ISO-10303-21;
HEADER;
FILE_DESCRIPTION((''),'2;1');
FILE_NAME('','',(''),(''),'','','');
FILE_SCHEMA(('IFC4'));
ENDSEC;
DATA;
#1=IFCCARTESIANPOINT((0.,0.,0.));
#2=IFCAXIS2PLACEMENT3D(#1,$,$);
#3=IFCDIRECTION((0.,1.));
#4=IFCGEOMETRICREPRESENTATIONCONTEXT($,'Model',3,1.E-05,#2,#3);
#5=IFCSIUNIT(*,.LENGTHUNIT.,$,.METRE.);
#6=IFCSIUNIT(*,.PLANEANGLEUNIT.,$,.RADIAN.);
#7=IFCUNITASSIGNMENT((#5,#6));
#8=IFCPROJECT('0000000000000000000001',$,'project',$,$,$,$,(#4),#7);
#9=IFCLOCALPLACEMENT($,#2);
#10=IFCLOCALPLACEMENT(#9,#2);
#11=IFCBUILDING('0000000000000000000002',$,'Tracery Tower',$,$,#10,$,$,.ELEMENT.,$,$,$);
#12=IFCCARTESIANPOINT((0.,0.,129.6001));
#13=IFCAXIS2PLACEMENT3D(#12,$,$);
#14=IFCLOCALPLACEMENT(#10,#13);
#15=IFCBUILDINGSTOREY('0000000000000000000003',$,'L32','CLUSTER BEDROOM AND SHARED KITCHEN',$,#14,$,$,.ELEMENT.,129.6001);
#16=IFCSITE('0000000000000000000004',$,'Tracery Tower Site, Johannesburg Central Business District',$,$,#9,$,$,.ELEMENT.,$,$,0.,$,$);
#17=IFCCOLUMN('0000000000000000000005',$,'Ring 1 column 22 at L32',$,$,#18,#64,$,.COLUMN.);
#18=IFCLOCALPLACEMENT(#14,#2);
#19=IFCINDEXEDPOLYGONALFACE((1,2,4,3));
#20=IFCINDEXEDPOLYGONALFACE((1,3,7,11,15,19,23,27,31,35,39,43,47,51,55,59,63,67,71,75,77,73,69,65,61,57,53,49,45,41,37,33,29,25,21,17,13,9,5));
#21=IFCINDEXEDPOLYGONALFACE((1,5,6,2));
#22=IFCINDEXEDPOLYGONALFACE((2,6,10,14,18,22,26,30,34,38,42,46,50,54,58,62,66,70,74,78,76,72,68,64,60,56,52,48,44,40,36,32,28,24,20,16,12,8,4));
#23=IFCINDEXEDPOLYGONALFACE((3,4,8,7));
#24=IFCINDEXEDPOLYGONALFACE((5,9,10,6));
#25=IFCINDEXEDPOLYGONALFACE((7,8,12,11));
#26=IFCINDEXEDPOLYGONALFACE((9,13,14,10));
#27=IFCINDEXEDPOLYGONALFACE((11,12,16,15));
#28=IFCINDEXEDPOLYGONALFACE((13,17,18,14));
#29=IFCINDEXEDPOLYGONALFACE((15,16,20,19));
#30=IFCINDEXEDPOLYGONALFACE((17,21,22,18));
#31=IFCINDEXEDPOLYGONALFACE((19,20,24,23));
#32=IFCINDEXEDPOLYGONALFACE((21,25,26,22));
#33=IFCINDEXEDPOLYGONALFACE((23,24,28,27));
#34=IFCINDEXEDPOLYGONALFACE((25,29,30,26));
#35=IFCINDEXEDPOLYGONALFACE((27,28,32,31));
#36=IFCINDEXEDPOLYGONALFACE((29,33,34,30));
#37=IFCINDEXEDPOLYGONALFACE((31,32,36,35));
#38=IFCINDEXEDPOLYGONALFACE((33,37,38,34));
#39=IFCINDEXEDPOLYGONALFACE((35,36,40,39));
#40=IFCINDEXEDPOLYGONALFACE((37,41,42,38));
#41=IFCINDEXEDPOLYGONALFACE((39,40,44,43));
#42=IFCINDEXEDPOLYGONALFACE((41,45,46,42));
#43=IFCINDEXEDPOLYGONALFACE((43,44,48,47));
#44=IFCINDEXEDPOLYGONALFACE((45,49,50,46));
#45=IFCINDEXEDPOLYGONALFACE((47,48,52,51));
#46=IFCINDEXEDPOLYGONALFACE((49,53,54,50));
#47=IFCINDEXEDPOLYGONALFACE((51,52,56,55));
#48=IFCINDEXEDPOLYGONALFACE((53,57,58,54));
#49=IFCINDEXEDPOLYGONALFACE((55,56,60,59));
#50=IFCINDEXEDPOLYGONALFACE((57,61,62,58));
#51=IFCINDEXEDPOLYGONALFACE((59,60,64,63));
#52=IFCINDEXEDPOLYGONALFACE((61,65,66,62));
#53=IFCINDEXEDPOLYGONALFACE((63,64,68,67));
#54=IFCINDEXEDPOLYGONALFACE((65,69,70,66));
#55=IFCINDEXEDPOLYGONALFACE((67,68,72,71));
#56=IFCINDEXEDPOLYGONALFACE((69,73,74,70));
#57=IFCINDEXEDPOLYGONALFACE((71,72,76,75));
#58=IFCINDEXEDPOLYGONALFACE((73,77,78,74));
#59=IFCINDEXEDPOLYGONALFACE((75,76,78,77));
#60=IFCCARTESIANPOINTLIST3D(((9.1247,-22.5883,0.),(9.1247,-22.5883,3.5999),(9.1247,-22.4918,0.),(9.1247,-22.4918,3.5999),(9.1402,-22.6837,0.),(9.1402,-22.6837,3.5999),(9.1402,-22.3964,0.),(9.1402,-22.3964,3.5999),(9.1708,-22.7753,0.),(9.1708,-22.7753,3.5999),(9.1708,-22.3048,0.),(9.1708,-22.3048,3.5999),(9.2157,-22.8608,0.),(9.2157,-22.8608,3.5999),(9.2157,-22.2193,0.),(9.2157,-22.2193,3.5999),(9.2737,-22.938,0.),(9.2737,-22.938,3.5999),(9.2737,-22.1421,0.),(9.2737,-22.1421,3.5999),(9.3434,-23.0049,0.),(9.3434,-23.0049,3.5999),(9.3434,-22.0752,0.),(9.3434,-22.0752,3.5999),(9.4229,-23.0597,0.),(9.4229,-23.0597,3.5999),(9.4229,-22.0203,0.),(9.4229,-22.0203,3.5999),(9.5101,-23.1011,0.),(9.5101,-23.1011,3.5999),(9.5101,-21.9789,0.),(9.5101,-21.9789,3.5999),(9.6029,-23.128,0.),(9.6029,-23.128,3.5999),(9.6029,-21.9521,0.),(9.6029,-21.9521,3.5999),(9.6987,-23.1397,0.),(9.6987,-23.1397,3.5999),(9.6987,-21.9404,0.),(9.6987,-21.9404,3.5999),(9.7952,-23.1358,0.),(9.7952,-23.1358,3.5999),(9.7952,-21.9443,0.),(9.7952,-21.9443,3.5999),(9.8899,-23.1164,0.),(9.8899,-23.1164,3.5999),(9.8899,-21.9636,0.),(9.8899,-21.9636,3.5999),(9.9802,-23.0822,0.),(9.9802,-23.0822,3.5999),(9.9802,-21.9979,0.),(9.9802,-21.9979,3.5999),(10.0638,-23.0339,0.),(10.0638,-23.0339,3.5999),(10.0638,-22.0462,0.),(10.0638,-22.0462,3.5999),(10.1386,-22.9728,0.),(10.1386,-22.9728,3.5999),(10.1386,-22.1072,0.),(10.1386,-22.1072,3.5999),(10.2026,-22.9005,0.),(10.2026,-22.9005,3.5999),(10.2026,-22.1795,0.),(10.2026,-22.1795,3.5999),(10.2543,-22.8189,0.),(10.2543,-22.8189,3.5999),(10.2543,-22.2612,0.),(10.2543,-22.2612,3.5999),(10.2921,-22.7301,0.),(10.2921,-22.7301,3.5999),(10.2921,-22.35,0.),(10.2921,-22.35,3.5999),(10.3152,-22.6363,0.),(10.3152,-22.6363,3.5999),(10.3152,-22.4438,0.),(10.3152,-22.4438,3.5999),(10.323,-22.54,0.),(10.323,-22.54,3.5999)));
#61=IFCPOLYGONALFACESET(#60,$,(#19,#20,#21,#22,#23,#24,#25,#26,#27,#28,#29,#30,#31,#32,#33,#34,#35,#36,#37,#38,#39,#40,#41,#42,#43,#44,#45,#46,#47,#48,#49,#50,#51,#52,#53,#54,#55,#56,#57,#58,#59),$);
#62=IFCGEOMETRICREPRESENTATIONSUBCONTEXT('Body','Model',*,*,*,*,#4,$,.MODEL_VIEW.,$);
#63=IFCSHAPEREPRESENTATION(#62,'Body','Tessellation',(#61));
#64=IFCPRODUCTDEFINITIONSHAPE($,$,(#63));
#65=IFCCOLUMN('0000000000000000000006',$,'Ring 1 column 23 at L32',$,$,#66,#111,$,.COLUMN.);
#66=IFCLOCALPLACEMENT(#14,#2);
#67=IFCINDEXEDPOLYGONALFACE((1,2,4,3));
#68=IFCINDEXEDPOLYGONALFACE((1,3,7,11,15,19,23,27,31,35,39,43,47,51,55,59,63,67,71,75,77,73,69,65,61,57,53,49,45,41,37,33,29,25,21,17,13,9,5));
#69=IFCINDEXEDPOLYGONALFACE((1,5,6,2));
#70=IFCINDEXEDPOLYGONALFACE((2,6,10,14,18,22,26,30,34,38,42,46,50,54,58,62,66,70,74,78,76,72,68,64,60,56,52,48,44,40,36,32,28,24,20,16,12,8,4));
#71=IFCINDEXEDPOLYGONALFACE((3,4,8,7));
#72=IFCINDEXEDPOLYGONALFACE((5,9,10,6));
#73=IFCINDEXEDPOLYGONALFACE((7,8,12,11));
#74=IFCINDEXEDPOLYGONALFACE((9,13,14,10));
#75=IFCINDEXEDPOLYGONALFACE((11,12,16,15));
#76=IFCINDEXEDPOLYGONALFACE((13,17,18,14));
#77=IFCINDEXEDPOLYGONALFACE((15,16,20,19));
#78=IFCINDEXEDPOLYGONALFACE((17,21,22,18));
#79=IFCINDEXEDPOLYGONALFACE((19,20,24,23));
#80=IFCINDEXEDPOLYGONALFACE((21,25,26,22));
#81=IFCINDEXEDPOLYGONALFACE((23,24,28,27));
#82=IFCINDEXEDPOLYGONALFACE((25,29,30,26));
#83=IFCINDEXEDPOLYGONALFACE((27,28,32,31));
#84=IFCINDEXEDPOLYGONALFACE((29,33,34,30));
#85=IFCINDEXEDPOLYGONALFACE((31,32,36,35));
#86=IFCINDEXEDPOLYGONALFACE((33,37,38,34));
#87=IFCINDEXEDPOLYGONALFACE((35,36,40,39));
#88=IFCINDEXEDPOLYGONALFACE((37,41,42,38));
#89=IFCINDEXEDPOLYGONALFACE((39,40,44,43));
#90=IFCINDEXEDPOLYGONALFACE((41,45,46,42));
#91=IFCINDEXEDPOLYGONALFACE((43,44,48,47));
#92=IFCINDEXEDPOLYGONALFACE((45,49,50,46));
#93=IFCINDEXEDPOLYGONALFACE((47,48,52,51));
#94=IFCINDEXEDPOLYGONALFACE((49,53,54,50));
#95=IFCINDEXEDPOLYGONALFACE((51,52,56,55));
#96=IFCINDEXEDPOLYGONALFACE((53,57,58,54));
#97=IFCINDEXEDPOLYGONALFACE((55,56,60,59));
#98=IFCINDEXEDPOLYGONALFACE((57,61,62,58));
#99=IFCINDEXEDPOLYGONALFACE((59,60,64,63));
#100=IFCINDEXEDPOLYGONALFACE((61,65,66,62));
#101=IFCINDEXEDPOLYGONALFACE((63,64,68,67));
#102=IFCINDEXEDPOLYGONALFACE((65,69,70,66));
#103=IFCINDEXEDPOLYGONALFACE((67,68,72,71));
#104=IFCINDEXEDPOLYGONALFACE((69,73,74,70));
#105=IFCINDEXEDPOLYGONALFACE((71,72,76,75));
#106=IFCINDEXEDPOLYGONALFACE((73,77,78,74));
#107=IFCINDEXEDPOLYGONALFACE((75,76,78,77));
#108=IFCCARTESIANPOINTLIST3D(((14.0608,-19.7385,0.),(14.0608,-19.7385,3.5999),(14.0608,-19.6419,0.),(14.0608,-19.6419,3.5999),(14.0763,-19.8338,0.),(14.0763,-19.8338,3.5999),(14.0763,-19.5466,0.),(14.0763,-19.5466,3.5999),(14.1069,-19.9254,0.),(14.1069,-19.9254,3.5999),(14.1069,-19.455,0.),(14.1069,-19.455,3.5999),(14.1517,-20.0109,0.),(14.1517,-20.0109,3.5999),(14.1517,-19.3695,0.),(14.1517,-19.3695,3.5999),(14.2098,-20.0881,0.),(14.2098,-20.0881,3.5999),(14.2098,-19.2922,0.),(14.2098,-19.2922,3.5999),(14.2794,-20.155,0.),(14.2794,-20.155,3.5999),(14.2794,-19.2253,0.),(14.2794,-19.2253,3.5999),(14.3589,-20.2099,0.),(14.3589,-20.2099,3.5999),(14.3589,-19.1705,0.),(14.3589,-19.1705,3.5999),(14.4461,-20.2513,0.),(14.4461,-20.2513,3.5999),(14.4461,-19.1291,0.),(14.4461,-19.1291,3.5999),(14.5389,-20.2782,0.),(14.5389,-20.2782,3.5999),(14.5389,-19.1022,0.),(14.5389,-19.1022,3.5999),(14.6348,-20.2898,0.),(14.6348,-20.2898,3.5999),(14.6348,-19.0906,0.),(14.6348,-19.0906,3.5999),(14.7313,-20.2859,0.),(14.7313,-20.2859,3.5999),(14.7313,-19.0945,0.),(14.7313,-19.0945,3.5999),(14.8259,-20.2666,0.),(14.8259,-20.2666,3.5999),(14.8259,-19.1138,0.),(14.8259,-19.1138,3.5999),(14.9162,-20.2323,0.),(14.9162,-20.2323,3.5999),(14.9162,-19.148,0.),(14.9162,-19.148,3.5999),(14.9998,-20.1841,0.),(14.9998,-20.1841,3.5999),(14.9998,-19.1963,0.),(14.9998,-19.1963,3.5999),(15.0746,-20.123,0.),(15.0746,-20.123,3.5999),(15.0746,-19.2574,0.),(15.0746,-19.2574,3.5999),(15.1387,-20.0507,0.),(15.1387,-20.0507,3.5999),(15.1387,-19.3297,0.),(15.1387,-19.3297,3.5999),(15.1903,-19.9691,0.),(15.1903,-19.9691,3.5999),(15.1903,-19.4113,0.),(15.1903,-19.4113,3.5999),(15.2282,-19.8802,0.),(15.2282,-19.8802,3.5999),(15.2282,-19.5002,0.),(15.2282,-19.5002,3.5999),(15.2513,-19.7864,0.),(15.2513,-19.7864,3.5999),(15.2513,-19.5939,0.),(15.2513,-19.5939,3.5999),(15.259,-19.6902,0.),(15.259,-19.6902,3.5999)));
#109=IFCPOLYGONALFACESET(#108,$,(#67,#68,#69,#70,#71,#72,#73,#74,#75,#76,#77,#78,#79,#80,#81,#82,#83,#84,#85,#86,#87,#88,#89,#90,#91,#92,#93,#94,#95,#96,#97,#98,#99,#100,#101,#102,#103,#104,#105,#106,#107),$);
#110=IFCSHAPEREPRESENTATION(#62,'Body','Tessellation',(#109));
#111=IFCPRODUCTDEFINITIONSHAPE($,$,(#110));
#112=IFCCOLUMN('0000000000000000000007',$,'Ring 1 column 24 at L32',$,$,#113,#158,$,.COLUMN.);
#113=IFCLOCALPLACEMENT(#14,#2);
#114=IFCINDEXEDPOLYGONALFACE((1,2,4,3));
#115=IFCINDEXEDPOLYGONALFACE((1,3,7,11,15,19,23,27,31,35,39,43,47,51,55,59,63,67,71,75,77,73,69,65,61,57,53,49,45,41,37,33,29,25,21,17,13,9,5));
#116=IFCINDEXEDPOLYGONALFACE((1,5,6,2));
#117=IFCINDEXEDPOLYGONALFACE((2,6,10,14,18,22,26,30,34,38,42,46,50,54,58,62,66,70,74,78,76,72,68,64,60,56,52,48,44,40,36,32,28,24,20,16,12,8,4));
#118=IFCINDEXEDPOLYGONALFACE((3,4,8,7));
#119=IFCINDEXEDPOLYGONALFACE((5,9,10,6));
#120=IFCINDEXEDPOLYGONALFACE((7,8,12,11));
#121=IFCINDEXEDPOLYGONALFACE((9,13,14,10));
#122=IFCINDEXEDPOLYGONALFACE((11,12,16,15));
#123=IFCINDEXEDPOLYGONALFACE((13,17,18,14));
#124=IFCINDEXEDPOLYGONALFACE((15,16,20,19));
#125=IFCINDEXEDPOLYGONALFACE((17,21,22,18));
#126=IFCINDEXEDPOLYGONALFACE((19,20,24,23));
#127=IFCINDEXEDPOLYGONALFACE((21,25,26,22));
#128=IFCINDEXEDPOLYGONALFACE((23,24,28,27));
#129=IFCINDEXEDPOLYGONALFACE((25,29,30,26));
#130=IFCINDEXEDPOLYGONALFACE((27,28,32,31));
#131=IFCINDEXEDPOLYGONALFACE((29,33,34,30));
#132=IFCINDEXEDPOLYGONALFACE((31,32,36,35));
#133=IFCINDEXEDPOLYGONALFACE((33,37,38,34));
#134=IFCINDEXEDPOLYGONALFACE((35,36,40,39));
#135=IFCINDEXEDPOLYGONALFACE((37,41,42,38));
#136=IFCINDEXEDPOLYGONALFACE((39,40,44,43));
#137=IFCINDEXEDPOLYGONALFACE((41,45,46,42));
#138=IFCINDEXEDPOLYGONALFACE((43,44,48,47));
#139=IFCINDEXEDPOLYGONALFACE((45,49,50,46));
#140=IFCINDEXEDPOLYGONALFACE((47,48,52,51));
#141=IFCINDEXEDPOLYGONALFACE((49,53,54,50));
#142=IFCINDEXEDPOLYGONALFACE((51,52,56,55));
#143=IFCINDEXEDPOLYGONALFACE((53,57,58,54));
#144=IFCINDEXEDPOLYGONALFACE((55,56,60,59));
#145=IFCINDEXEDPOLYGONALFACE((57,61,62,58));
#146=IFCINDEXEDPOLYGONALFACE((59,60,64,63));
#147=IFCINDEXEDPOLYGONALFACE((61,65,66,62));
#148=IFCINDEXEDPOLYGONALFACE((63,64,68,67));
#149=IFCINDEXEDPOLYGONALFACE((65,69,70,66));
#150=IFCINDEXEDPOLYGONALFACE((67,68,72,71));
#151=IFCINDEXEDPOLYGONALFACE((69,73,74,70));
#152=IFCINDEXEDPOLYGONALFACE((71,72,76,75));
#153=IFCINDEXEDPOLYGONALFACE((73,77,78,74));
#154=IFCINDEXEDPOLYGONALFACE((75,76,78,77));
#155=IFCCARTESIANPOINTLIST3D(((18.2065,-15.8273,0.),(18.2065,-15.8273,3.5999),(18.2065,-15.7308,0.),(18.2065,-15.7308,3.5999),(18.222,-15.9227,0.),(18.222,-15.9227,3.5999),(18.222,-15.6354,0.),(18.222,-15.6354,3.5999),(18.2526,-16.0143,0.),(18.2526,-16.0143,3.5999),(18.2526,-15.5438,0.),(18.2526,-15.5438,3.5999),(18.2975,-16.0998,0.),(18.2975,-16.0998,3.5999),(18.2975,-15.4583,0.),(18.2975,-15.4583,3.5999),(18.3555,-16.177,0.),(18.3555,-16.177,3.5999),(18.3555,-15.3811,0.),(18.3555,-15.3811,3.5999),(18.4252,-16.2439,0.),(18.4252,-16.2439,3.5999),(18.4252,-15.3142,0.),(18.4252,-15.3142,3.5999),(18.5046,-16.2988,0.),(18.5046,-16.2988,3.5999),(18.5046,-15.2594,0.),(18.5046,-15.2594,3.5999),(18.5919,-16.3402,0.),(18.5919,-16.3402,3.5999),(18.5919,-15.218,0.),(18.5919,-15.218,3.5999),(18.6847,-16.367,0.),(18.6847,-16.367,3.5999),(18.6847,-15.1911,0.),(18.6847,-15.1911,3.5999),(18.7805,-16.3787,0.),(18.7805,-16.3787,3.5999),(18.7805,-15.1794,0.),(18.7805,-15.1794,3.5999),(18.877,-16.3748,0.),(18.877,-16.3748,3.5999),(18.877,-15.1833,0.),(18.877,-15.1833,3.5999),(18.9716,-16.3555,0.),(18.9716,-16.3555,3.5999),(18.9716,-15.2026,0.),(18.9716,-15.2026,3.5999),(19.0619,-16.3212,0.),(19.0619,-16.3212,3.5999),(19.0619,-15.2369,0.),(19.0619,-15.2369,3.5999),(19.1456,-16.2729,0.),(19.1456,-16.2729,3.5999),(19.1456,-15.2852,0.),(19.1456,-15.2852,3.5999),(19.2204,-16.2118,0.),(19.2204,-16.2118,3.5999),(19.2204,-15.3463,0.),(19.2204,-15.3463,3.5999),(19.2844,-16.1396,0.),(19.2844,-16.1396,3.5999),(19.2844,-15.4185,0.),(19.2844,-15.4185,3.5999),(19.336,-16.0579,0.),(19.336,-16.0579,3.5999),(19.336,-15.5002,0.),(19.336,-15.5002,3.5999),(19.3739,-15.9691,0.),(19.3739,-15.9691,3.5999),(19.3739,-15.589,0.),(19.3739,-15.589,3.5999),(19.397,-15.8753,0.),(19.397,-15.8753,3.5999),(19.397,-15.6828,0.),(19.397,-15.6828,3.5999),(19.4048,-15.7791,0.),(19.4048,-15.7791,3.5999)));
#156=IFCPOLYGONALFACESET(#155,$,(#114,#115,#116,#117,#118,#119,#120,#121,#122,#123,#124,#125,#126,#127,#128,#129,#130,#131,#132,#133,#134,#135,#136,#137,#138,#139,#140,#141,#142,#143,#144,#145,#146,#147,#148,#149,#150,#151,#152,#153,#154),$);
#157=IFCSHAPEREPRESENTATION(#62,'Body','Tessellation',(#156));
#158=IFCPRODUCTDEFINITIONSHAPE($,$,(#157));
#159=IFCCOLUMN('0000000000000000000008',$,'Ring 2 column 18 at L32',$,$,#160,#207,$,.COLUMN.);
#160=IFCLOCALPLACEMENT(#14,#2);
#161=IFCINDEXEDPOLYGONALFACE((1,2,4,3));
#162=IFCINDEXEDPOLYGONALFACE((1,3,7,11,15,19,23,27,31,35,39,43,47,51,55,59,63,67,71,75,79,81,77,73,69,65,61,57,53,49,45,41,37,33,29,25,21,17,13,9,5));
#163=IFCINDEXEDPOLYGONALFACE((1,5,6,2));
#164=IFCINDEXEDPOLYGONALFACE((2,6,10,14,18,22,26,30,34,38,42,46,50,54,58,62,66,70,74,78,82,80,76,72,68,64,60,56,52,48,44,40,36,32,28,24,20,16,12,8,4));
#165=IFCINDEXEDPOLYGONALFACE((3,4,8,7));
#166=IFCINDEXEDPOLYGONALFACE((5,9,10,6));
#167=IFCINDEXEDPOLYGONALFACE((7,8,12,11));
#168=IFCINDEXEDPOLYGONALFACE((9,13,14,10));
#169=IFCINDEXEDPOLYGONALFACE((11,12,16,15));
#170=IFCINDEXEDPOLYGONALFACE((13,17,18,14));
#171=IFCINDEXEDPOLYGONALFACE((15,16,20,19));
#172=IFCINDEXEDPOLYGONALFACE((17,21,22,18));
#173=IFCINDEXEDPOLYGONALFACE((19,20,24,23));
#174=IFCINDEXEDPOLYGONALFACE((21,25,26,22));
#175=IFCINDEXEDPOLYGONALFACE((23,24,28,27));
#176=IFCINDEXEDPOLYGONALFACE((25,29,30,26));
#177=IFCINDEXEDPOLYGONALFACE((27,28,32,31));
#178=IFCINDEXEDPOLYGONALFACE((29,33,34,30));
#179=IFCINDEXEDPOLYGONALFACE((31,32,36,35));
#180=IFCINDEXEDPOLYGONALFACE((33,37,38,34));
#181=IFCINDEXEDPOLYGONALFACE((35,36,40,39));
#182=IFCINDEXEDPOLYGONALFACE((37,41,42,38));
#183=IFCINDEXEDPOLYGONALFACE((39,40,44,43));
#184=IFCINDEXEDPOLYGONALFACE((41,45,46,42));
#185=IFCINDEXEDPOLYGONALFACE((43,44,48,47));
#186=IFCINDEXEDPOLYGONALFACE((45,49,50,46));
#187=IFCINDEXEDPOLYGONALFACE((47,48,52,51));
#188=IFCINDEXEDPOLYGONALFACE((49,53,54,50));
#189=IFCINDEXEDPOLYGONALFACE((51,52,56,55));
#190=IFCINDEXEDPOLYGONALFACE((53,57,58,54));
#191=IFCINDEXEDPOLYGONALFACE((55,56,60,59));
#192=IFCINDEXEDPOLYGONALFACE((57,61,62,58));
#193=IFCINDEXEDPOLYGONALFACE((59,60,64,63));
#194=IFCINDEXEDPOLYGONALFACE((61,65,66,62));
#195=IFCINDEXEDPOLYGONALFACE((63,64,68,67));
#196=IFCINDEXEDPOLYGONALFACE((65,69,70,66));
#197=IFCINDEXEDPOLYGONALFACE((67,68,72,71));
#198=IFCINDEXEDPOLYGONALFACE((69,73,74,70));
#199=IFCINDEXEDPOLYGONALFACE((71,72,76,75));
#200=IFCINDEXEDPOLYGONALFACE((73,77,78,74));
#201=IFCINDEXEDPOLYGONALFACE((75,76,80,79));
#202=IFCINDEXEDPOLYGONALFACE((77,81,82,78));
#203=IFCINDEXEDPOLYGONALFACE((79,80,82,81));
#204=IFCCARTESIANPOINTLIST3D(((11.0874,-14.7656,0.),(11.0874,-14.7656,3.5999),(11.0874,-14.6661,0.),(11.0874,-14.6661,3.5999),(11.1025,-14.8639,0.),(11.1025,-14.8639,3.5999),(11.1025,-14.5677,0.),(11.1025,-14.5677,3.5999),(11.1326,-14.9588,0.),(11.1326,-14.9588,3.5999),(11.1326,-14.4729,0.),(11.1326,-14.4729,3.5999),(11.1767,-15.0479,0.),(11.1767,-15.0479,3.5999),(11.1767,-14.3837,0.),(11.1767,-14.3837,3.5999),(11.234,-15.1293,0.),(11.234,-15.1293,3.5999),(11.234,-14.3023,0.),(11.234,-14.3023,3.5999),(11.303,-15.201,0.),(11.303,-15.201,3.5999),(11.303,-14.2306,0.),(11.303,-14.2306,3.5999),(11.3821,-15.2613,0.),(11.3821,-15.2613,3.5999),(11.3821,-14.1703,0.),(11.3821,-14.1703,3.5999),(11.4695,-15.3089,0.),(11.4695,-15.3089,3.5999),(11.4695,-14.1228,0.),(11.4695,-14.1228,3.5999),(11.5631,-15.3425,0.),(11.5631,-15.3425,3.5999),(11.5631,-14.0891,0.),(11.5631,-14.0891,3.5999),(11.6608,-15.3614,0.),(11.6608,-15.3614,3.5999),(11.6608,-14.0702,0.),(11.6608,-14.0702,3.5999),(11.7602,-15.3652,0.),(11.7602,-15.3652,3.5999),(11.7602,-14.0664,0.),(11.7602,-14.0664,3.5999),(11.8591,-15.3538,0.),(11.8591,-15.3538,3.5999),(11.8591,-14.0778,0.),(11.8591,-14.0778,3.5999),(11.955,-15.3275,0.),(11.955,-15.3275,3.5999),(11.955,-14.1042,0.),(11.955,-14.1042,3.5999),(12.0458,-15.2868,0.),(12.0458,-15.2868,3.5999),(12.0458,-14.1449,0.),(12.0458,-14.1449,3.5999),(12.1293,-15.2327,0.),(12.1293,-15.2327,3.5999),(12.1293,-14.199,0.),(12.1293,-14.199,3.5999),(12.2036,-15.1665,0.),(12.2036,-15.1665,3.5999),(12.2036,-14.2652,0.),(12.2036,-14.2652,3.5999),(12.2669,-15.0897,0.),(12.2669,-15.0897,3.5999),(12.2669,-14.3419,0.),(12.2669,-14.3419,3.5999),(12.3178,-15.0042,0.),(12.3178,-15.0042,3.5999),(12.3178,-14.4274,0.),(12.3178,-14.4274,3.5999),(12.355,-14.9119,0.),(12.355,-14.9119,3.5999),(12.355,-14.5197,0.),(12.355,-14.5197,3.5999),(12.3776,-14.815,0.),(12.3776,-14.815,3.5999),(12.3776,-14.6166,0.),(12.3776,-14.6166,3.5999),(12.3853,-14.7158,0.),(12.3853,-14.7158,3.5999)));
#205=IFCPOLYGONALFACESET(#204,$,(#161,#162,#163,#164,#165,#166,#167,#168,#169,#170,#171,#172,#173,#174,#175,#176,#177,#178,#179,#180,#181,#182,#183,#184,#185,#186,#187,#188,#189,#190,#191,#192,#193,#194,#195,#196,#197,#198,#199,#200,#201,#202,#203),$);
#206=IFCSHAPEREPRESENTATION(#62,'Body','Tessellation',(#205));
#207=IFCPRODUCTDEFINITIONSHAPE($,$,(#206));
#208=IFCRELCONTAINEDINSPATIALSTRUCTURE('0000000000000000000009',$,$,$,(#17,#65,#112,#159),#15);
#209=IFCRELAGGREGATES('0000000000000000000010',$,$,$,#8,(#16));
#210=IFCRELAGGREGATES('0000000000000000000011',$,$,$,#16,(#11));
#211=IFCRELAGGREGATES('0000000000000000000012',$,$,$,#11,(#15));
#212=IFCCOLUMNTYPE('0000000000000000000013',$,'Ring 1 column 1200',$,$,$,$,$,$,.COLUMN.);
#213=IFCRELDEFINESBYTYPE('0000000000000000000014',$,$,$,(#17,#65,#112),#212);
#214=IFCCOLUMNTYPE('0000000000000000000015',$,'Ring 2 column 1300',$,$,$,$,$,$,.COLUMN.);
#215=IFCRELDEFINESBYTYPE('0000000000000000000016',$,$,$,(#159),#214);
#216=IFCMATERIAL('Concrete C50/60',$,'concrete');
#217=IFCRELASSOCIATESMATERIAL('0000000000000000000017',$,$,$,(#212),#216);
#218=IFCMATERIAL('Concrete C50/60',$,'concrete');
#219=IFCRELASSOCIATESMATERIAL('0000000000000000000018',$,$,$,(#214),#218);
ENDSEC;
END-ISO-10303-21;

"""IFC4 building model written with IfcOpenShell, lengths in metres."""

from ifc_helpers import new_model, si_unit, direction, frame, origin, origin_2d, place, context, subcontext, project, spatial, circle, extrude, material, material_profile, profile_set, type_object, element, save


model = new_model("IFC4")

# Units and contexts
model_context = context("Model", 3, precision=1e-05, world=origin(), true_north=direction((0.0, 1.0)))
body_context = subcontext(model_context, "Body", "Model", "MODEL_VIEW")
ifc_project = project(units=[si_unit("LENGTHUNIT", "METRE"), si_unit("PLANEANGLEUNIT", "RADIAN")], contexts=[model_context])

# Site, building, storey
site_placement = place(None, origin())
site = spatial("IfcSite", under=ifc_project, at=site_placement, Name="Tracery Tower Site, Johannesburg Central Business District", CompositionType="ELEMENT", RefElevation=0.0)
building_placement = place(site_placement, origin())
building = spatial("IfcBuilding", under=site, at=building_placement, Name="Tracery Tower", CompositionType="ELEMENT")
storey_placement = place(building_placement, frame((0.0, 0.0, 129.6001)))
storey = spatial("IfcBuildingStorey", under=building, at=storey_placement, Name="L32", Description="CLUSTER BEDROOM AND SHARED KITCHEN", CompositionType="ELEMENT", Elevation=129.6001)

# Columns
ifc_material_1 = material(Name="Concrete C50/60", Category="concrete")
ifc_material_profile_1 = material_profile(ifc_material_1, circle(Radius=0.6001, at=origin_2d()), Name="RC D1200")
ifc_profile_set_1 = profile_set([ifc_material_profile_1], Name="Concrete C50/60")
column_type_1 = type_object("IfcColumnType", Name="Ring 1 column 1200", PredefinedType="COLUMN", material=ifc_profile_set_1)
for number, where, z_axis, x_axis, name in (
    (1, (9.7229, -22.54, 0.0), (0.0, 0.0, 1.0), (1.0, 0.0, 0.0), "Ring 1 column 22 at L32"),
    (2, (14.6589, -19.6902, 0.0), (0.0, 0.0, 1.0), (1.0, 0.0, 0.0), "Ring 1 column 23 at L32"),
    (3, (18.8047, -15.7791, 0.0), (0.0, 0.0, 1.0), (1.0, 0.0, 0.0), "Ring 1 column 24 at L32"),
):
    element("IfcColumn", number, at=place(storey_placement, frame(where, z_axis=z_axis, x_axis=x_axis)), inside=storey, type_object=column_type_1, Name=name, PredefinedType="COLUMN", context=body_context, shape_type="SweptSolid", body=[
        extrude(circle(Radius=0.6001, at=origin_2d()), origin(), (0.0, 0.0, 1.0), 3.5999),
    ])
ifc_material_2 = material(Name="Concrete C50/60", Category="concrete")
ifc_material_profile_2 = material_profile(ifc_material_2, circle(Radius=0.6499, at=origin_2d()), Name="RC D1300")
ifc_profile_set_2 = profile_set([ifc_material_profile_2], Name="Concrete C50/60")
column_type_2 = type_object("IfcColumnType", Name="Ring 2 column 1300", PredefinedType="COLUMN", material=ifc_profile_set_2)
column_placement = place(storey_placement, frame((11.7354, -14.7158, 0.0), z_axis=(0.0, 0.0, 1.0), x_axis=(1.0, 0.0, 0.0)))
element("IfcColumn", 4, at=column_placement, inside=storey, type_object=column_type_2, Name="Ring 2 column 18 at L32", PredefinedType="COLUMN", context=body_context, shape_type="SweptSolid", body=[
    extrude(circle(Radius=0.6499, at=origin_2d()), origin(), (0.0, 0.0, 1.0), 3.5999),
])

save(model, "model.ifc")
